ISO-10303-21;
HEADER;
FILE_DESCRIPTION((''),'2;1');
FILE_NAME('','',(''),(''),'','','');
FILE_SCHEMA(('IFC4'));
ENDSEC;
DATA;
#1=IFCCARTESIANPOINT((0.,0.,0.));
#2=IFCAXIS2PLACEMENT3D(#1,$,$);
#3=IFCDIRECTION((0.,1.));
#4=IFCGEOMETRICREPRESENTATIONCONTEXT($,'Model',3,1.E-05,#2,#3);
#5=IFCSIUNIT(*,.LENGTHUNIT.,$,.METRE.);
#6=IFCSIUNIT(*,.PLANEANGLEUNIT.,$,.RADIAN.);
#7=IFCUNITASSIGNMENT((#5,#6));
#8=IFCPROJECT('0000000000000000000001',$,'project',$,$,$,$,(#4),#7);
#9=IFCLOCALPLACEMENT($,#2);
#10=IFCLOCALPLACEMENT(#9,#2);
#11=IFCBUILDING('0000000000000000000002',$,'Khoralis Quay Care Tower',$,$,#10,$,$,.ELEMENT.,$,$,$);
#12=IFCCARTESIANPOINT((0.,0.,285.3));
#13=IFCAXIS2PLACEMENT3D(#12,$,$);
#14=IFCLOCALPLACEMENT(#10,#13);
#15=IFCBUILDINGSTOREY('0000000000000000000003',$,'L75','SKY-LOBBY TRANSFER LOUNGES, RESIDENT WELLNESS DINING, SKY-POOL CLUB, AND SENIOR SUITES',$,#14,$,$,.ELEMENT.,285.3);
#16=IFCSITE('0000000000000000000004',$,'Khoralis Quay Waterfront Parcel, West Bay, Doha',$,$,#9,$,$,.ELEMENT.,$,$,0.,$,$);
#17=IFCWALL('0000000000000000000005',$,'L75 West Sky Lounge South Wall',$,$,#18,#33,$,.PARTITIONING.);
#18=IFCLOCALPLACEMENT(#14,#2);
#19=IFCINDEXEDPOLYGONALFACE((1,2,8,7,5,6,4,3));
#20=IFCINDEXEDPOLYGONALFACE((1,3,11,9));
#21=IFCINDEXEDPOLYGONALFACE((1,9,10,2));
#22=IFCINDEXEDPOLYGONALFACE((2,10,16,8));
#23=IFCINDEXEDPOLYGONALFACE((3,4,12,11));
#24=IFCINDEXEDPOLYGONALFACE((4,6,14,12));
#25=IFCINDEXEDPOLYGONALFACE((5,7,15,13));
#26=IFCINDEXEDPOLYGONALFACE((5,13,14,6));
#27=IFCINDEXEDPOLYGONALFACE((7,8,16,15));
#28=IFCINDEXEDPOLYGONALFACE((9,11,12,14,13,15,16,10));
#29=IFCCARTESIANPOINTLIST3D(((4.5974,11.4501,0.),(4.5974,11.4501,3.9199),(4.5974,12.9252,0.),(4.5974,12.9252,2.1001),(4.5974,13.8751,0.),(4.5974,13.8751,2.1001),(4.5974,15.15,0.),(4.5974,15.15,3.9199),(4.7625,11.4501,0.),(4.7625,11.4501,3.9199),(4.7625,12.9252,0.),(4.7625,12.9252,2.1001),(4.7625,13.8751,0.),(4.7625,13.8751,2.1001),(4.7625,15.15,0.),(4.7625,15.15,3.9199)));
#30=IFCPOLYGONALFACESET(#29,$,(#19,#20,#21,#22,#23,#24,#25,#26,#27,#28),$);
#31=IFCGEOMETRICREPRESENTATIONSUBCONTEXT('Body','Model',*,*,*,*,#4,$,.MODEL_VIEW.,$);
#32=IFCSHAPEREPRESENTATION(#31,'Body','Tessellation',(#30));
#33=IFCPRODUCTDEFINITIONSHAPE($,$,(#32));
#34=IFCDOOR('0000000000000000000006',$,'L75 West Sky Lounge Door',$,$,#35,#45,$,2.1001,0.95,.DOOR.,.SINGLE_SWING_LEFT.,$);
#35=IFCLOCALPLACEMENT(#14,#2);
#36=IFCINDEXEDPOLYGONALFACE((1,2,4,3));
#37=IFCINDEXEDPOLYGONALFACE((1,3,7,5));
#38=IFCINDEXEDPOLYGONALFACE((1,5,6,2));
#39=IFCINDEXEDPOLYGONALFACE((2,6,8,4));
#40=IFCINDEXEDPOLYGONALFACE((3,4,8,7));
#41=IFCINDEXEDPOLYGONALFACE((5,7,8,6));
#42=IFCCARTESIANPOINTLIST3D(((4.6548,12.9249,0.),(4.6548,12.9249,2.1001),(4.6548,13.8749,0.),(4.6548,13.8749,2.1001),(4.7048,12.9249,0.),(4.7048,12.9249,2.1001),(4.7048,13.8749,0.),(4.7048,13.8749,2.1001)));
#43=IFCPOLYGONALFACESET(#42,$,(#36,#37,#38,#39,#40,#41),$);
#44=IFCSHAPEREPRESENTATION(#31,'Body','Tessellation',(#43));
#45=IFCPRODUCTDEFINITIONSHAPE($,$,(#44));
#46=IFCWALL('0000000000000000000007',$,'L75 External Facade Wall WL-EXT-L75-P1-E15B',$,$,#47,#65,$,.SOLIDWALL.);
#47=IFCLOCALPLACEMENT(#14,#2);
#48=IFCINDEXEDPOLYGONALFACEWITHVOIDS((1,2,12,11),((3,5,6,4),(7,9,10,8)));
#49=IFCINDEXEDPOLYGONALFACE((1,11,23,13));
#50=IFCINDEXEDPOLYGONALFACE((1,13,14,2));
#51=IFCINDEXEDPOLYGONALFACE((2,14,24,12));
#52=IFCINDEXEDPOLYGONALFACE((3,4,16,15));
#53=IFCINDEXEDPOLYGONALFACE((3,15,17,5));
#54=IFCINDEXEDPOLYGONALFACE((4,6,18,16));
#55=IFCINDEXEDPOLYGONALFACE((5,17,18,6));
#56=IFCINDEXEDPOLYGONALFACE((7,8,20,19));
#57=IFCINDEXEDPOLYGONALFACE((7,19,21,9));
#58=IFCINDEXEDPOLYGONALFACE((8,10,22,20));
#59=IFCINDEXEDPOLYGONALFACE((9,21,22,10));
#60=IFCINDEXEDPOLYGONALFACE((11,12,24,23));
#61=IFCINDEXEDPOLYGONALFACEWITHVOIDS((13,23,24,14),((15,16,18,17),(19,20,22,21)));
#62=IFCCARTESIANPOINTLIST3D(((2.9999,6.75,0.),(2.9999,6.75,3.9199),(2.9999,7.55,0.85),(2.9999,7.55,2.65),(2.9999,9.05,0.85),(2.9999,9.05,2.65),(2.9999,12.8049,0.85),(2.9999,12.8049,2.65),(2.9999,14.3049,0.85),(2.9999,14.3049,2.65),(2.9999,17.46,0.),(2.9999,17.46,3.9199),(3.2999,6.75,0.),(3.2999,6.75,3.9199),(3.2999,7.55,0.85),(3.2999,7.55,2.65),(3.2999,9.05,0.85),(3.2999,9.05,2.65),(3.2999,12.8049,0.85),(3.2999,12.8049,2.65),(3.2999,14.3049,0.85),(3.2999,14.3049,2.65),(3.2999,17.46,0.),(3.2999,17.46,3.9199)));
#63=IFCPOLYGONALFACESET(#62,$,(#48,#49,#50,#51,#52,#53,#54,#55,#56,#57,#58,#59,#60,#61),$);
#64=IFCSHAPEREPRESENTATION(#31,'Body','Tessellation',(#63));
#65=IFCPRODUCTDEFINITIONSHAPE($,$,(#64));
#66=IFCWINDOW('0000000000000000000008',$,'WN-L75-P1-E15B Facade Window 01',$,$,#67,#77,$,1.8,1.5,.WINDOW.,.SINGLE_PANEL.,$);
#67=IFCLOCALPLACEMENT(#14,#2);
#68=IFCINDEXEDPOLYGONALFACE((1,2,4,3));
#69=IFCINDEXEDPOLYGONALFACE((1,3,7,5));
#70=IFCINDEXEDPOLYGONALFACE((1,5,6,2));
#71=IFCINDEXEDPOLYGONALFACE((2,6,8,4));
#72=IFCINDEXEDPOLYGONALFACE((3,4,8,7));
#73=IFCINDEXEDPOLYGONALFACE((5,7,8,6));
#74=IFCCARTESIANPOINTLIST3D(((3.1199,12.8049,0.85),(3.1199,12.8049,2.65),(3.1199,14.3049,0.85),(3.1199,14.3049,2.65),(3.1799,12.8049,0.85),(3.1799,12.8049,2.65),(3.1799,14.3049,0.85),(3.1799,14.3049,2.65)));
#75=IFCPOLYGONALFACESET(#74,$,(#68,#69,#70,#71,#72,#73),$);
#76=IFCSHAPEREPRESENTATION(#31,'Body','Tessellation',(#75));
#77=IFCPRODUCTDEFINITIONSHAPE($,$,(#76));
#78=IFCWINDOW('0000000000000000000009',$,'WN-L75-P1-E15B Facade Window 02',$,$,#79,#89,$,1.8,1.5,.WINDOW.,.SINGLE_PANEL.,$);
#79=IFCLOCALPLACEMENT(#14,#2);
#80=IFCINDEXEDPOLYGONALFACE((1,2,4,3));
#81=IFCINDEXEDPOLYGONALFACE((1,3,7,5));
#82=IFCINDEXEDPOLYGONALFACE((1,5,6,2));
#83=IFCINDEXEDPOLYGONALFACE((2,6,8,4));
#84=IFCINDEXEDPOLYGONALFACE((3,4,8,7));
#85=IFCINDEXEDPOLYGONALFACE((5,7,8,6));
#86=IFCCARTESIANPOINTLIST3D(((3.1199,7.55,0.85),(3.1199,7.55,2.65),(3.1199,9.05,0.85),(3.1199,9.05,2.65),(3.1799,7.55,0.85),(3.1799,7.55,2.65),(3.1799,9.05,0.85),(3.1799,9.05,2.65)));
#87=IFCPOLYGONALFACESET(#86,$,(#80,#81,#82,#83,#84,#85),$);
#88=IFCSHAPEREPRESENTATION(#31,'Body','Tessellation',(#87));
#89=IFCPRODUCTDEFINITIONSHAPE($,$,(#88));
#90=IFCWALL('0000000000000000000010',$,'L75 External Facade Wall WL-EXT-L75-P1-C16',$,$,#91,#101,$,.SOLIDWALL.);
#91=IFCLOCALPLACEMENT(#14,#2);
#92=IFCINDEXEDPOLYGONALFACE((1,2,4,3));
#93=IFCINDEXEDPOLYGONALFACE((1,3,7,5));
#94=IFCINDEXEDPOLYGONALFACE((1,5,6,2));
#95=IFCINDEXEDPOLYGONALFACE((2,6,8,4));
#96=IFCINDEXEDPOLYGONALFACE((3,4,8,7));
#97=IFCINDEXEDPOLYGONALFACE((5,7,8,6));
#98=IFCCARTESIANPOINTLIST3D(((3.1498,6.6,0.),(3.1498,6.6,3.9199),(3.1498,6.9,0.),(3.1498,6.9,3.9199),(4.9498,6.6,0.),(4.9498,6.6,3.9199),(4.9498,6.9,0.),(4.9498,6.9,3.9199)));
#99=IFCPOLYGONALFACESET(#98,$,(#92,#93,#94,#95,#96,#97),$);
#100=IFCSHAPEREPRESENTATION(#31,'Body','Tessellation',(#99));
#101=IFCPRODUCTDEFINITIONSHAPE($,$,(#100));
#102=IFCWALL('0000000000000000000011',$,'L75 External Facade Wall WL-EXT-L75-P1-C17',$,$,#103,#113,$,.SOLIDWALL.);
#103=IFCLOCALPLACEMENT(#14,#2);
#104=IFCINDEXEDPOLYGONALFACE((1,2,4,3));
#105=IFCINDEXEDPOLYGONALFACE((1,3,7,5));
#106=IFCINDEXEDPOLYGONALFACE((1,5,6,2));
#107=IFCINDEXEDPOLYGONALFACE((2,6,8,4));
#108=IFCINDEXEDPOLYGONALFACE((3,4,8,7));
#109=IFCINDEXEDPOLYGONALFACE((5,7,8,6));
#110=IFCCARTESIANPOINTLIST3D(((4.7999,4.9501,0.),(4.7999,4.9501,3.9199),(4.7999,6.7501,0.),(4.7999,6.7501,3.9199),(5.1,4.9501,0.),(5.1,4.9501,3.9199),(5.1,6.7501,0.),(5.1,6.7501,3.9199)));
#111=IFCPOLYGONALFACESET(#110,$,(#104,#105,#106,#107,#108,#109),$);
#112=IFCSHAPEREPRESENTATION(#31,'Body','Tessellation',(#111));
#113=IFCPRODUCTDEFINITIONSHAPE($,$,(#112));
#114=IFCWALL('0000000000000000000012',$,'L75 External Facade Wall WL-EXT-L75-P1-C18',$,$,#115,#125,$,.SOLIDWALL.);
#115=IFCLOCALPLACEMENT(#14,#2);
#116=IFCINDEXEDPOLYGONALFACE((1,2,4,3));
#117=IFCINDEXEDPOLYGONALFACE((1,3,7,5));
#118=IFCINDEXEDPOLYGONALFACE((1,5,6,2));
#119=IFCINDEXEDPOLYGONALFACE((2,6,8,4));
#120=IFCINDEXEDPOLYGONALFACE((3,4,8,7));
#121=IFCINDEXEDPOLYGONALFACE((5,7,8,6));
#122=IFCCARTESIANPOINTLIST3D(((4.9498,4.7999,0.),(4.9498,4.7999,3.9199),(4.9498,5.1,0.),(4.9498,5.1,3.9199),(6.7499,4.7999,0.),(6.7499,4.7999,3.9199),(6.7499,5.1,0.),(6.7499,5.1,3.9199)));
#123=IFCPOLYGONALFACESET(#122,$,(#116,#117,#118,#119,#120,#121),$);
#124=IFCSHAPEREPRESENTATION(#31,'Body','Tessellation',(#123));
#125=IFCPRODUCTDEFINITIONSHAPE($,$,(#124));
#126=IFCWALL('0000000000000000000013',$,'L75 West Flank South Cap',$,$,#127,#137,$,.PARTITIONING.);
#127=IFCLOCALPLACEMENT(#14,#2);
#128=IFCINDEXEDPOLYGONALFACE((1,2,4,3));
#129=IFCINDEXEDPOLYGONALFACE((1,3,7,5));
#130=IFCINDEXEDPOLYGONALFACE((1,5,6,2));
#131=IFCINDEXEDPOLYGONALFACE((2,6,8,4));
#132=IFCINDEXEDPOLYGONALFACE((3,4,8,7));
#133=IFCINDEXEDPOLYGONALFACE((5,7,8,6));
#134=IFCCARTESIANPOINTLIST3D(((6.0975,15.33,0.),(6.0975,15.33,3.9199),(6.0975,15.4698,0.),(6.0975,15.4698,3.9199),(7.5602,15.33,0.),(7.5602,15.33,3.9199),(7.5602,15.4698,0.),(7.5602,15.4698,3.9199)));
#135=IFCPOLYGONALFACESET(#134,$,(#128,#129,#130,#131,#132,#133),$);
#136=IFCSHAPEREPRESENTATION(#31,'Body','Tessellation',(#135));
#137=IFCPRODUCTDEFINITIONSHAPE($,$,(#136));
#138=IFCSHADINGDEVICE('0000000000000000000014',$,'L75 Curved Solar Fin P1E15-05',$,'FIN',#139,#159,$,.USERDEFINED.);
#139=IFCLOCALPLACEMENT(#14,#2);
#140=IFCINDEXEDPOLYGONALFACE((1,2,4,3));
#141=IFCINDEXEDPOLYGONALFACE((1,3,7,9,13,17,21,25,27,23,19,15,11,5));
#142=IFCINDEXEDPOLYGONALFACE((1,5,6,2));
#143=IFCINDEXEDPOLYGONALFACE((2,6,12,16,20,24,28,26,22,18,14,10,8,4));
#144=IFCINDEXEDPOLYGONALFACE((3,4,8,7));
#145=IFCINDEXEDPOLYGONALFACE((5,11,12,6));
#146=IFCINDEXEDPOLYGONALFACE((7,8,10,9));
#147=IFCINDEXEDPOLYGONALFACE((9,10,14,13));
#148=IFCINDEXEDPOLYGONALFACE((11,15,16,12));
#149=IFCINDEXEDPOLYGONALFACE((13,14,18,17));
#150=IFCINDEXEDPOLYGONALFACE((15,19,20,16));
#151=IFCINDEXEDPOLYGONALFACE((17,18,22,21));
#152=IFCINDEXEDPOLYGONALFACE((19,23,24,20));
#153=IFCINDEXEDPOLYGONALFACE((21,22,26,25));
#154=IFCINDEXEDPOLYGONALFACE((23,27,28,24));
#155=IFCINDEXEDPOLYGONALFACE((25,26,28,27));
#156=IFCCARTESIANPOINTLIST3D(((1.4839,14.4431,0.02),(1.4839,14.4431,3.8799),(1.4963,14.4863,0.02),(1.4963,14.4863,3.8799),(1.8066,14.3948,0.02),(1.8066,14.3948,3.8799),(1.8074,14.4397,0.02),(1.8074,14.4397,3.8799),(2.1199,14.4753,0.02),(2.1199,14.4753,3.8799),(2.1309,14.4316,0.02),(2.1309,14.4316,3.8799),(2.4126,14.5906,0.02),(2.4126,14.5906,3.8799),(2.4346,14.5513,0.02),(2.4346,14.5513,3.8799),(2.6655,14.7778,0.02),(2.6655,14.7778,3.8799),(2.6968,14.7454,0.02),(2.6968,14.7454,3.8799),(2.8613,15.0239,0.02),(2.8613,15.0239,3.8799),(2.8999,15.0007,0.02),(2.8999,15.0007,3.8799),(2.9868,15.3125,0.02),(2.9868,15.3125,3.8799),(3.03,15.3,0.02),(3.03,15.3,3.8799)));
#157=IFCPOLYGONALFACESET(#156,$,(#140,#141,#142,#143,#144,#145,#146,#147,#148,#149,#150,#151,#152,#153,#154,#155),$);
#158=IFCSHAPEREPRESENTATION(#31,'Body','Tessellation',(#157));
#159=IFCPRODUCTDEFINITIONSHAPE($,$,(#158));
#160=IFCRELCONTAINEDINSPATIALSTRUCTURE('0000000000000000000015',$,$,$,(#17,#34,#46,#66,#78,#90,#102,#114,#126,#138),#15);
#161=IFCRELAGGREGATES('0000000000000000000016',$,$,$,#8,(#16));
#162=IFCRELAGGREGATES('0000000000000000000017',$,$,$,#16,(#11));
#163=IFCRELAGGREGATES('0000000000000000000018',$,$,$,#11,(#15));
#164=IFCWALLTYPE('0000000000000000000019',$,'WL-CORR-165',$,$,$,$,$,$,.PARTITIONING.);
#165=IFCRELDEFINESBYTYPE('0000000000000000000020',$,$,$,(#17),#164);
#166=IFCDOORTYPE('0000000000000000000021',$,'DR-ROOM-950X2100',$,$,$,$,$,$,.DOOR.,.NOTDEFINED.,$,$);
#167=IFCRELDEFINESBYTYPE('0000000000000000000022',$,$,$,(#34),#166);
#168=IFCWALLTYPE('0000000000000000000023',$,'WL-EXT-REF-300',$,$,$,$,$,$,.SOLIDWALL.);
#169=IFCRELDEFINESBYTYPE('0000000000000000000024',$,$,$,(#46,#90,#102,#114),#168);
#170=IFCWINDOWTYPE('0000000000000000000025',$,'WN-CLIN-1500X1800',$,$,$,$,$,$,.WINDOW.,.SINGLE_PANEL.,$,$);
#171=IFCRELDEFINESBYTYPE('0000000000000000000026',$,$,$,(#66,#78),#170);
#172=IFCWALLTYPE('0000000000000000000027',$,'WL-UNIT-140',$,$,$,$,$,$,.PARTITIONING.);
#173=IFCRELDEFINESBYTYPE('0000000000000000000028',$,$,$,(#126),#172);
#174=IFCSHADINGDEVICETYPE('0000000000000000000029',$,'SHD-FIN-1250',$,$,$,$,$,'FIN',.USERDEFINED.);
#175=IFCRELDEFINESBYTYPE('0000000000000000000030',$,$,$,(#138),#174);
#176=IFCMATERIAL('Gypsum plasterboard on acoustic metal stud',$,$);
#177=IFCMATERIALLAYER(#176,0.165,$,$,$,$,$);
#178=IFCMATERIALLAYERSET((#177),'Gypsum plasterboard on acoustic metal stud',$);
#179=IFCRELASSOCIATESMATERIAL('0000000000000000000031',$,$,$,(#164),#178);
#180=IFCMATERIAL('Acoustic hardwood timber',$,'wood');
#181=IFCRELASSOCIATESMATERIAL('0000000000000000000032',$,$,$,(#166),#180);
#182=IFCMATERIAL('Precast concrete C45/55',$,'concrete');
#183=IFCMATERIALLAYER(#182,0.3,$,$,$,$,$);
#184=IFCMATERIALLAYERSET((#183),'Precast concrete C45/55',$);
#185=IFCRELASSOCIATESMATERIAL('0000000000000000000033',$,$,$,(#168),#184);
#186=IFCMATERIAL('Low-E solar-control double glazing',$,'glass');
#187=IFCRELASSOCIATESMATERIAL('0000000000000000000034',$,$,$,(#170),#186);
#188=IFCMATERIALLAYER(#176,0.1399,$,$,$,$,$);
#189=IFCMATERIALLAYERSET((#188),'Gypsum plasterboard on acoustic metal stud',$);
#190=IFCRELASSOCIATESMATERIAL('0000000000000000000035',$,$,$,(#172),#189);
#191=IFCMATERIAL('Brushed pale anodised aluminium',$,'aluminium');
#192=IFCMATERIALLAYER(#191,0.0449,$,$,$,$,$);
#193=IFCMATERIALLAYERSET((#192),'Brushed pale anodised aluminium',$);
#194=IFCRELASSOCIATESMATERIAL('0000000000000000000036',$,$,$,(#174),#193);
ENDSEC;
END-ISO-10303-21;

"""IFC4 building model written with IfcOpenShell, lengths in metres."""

from ifc_helpers import new_model, si_unit, direction, frame, frame_2d, origin, place, context, subcontext, project, spatial, polyline, rectangle, outline, extrude, source, transform, mapped, material, layer, layer_set, type_object, element, fill, save


model = new_model("IFC4")

# Units and contexts
model_context = context("Model", 3, precision=1e-05, world=origin(), true_north=direction((0.0, 1.0)))
body_context = subcontext(model_context, "Body", "Model", "MODEL_VIEW")
ifc_project = project(units=[si_unit("LENGTHUNIT", "METRE"), si_unit("PLANEANGLEUNIT", "RADIAN")], contexts=[model_context])

# Site, building, storey
site_placement = place(None, origin())
site = spatial("IfcSite", under=ifc_project, at=site_placement, Name="Khoralis Quay Waterfront Parcel, West Bay, Doha", CompositionType="ELEMENT", RefElevation=0.0)
building_placement = place(site_placement, origin())
building = spatial("IfcBuilding", under=site, at=building_placement, Name="Khoralis Quay Care Tower", CompositionType="ELEMENT")
storey_placement = place(building_placement, frame((0.0, 0.0, 285.3)))
storey = spatial("IfcBuildingStorey", under=building, at=storey_placement, Name="L75", Description="SKY-LOBBY TRANSFER LOUNGES, RESIDENT WELLNESS DINING, SKY-POOL CLUB, AND SENIOR SUITES", CompositionType="ELEMENT", Elevation=285.3)

# Shared definitions
ifc_material_1 = material(Name="Gypsum plasterboard on acoustic metal stud")
ifc_layer_1 = layer(ifc_material_1, 0.165)
ifc_layer_set_1 = layer_set([ifc_layer_1], Name="Gypsum plasterboard on acoustic metal stud")
wall_type_1 = type_object("IfcWallType", Name="WL-CORR-165", PredefinedType="PARTITIONING", material=ifc_layer_set_1)
ifc_material_2 = material(Name="Acoustic hardwood timber", Category="wood")
door_type_1 = type_object("IfcDoorType", Name="DR-ROOM-950X2100", OperationType="NOTDEFINED", PredefinedType="DOOR", material=ifc_material_2)
shared_shape_1 = source(origin(), body_context, "Body", "SweptSolid", [
    extrude(rectangle(XDim=0.95, YDim=2.1001, at=frame_2d((0.4751, 1.05))), frame((0.0, 0.0249, 0.0), z_axis=(0.0, -1.0, 0.0), x_axis=(1.0, 0.0, 0.0)), (0.0, 0.0, 1.0), 0.05),
])

# Wall, opening, door
wall_1_placement = place(storey_placement, frame((4.6799, 11.45, 0.0), z_axis=(0.0, 0.0, 1.0), x_axis=(0.0, 1.0, 0.0)))
wall_1 = element("IfcWall", 1, at=wall_1_placement, inside=storey, type_object=wall_type_1, Name="L75 West Sky Lounge South Wall", PredefinedType="PARTITIONING", context=body_context, shape_type="SweptSolid", body=[
    extrude(rectangle(XDim=3.7, YDim=0.165, at=frame_2d((1.8501, 0.0))), origin(), (0.0, 0.0, 1.0), 3.9199),
])
opening_1_placement = place(wall_1_placement, frame((1.4751, 0.0, 0.0)))
opening_1 = element("IfcOpeningElement", 2, at=opening_1_placement, cuts=wall_1, PredefinedType="OPENING", context=body_context, shape_type="SweptSolid", body=[
    extrude(rectangle(XDim=0.95, YDim=2.1001, at=frame_2d((0.4751, 1.05))), frame((0.0, 0.0925, 0.0), z_axis=(0.0, -1.0, 0.0), x_axis=(1.0, 0.0, 0.0)), (0.0, 0.0, 1.0), 0.1851),
])
door_1_placement = place(opening_1_placement, frame((0.95, 0.0, 0.0), z_axis=(0.0, 0.0, 1.0), x_axis=(-1.0, 0.0, 0.0)))
door_1 = element("IfcDoor", 3, at=door_1_placement, inside=storey, type_object=door_type_1, Name="L75 West Sky Lounge Door", OperationType="SINGLE_SWING_LEFT", OverallHeight=2.1001, OverallWidth=0.95, PredefinedType="DOOR", context=body_context, shape_type="MappedRepresentation", body=[
    mapped(shared_shape_1, transform((0.0, 0.0, 0.0), scale=1.0)),
])
fill(opening_1, door_1)

# Wall, openings, windows
ifc_material_3 = material(Name="Precast concrete C45/55", Category="concrete")
ifc_layer_2 = layer(ifc_material_3, 0.3)
ifc_layer_set_2 = layer_set([ifc_layer_2], Name="Precast concrete C45/55")
wall_type_2 = type_object("IfcWallType", Name="WL-EXT-REF-300", PredefinedType="SOLIDWALL", material=ifc_layer_set_2)
wall_2_placement = place(storey_placement, frame((3.1499, 17.46, 0.0), z_axis=(0.0, 0.0, 1.0), x_axis=(0.0, -1.0, 0.0)))
wall_2 = element("IfcWall", 4, at=wall_2_placement, inside=storey, type_object=wall_type_2, Name="L75 External Facade Wall WL-EXT-L75-P1-E15B", PredefinedType="SOLIDWALL", context=body_context, shape_type="SweptSolid", body=[
    extrude(rectangle(XDim=10.71, YDim=0.3, at=frame_2d((5.355, 0.0))), origin(), (0.0, 0.0, 1.0), 3.9199),
])
opening_2_placement = place(wall_2_placement, frame((3.155, 0.0, 0.8501)))
opening_2 = element("IfcOpeningElement", 5, at=opening_2_placement, cuts=wall_2, PredefinedType="OPENING", context=body_context, shape_type="SweptSolid", body=[
    extrude(rectangle(XDim=1.5, YDim=1.8, at=frame_2d((0.75, 0.8999))), frame((0.0, 0.1602, 0.0), z_axis=(0.0, -1.0, 0.0), x_axis=(1.0, 0.0, 0.0)), (0.0, 0.0, 1.0), 0.3201),
])
opening_3_placement = place(wall_2_placement, frame((8.4099, 0.0, 0.8501)))
opening_3 = element("IfcOpeningElement", 6, at=opening_3_placement, cuts=wall_2, PredefinedType="OPENING", context=body_context, shape_type="SweptSolid", body=[
    extrude(rectangle(XDim=1.5, YDim=1.8, at=frame_2d((0.75, 0.8999))), frame((0.0, 0.1602, 0.0), z_axis=(0.0, -1.0, 0.0), x_axis=(1.0, 0.0, 0.0)), (0.0, 0.0, 1.0), 0.3201),
])
ifc_material_4 = material(Name="Low-E solar-control double glazing", Category="glass")
window_type = type_object("IfcWindowType", Name="WN-CLIN-1500X1800", PartitioningType="SINGLE_PANEL", PredefinedType="WINDOW", material=ifc_material_4)
shared_shape_2 = source(origin(), body_context, "Body", "SweptSolid", [
    extrude(rectangle(XDim=1.5, YDim=1.8, at=frame_2d((0.75, 0.8999))), frame((0.0, 0.03, 0.0), z_axis=(0.0, -1.0, 0.0), x_axis=(1.0, 0.0, 0.0)), (0.0, 0.0, 1.0), 0.0601),
])
window_1_placement = place(opening_2_placement, origin())
window_1 = element("IfcWindow", 7, at=window_1_placement, inside=storey, type_object=window_type, Name="WN-L75-P1-E15B Facade Window 01", OverallHeight=1.8, OverallWidth=1.5, PartitioningType="SINGLE_PANEL", PredefinedType="WINDOW", context=body_context, shape_type="MappedRepresentation", body=[
    mapped(shared_shape_2, transform((0.0, 0.0, 0.0), scale=1.0)),
])
fill(opening_2, window_1)
window_2_placement = place(opening_3_placement, origin())
window_2 = element("IfcWindow", 8, at=window_2_placement, inside=storey, type_object=window_type, Name="WN-L75-P1-E15B Facade Window 02", OverallHeight=1.8, OverallWidth=1.5, PartitioningType="SINGLE_PANEL", PredefinedType="WINDOW", context=body_context, shape_type="MappedRepresentation", body=[
    mapped(shared_shape_2, transform((0.0, 0.0, 0.0), scale=1.0)),
])
fill(opening_3, window_2)

# Walls
for number, where, z_axis, x_axis, name in (
    (9, (3.1499, 6.75, 0.0), (0.0, 0.0, 1.0), (1.0, 0.0, 0.0), "L75 External Facade Wall WL-EXT-L75-P1-C16"),
    (10, (4.95, 6.75, 0.0), (0.0, 0.0, 1.0), (0.0, -1.0, 0.0), "L75 External Facade Wall WL-EXT-L75-P1-C17"),
    (11, (4.95, 4.95, 0.0), (0.0, 0.0, 1.0), (1.0, 0.0, 0.0), "L75 External Facade Wall WL-EXT-L75-P1-C18"),
):
    element("IfcWall", number, at=place(storey_placement, frame(where, z_axis=z_axis, x_axis=x_axis)), inside=storey, type_object=wall_type_2, Name=name, PredefinedType="SOLIDWALL", context=body_context, shape_type="SweptSolid", body=[
        extrude(rectangle(XDim=1.8, YDim=0.3, at=frame_2d((0.8999, 0.0))), origin(), (0.0, 0.0, 1.0), 3.9199),
    ])
ifc_layer_3 = layer(ifc_material_1, 0.1399)
ifc_layer_set_3 = layer_set([ifc_layer_3], Name="Gypsum plasterboard on acoustic metal stud")
wall_type_3 = type_object("IfcWallType", Name="WL-UNIT-140", PredefinedType="PARTITIONING", material=ifc_layer_set_3)
wall_3_placement = place(storey_placement, frame((6.0974, 15.3999, 0.0), z_axis=(0.0, 0.0, 1.0), x_axis=(1.0, 0.0, 0.0)))
element("IfcWall", 12, at=wall_3_placement, inside=storey, type_object=wall_type_3, Name="L75 West Flank South Cap", PredefinedType="PARTITIONING", context=body_context, shape_type="SweptSolid", body=[
    extrude(rectangle(XDim=1.4626, YDim=0.1399, at=frame_2d((0.7314, 0.0))), origin(), (0.0, 0.0, 1.0), 3.9199),
])

# Shading device
ifc_material_5 = material(Name="Brushed pale anodised aluminium", Category="aluminium")
ifc_layer_4 = layer(ifc_material_5, 0.0449)
ifc_layer_set_4 = layer_set([ifc_layer_4], Name="Brushed pale anodised aluminium")
shading_device_type = type_object("IfcShadingDeviceType", Name="SHD-FIN-1250", ElementType="FIN", PredefinedType="USERDEFINED", material=ifc_layer_set_4)
shared_shape_3 = source(origin(), body_context, "Body", "SweptSolid", [
    extrude(outline(polyline([(0.0, 0.0), (0.1301, 0.2993), (0.3333, 0.5547), (0.5955, 0.7488), (0.8992, 0.8684), (1.2234, 0.9053), (1.5461, 0.8569), (1.5337, 0.8137), (1.2227, 0.8604), (0.9102, 0.8247), (0.6174, 0.7095), (0.3645, 0.5222), (0.1687, 0.2761), (0.0432, -0.0125), (0.0, 0.0)])), origin(), (0.0, 0.0, 1.0), 3.8599),
])
for number, where, z_axis, x_axis, name in (
    (13, (3.03, 15.3, 0.02), (0.0, 0.0, 1.0), (-1.0, 0.0, 0.0), "L75 Curved Solar Fin P1E15-05"),
):
    element("IfcShadingDevice", number, at=place(storey_placement, frame(where, z_axis=z_axis, x_axis=x_axis)), inside=storey, type_object=shading_device_type, Name=name, ObjectType="FIN", PredefinedType="USERDEFINED", context=body_context, shape_type="MappedRepresentation", body=[
        mapped(shared_shape_3, transform((0.0, 0.0, 0.0), scale=1.0)),
    ])

save(model, "model.ifc")
